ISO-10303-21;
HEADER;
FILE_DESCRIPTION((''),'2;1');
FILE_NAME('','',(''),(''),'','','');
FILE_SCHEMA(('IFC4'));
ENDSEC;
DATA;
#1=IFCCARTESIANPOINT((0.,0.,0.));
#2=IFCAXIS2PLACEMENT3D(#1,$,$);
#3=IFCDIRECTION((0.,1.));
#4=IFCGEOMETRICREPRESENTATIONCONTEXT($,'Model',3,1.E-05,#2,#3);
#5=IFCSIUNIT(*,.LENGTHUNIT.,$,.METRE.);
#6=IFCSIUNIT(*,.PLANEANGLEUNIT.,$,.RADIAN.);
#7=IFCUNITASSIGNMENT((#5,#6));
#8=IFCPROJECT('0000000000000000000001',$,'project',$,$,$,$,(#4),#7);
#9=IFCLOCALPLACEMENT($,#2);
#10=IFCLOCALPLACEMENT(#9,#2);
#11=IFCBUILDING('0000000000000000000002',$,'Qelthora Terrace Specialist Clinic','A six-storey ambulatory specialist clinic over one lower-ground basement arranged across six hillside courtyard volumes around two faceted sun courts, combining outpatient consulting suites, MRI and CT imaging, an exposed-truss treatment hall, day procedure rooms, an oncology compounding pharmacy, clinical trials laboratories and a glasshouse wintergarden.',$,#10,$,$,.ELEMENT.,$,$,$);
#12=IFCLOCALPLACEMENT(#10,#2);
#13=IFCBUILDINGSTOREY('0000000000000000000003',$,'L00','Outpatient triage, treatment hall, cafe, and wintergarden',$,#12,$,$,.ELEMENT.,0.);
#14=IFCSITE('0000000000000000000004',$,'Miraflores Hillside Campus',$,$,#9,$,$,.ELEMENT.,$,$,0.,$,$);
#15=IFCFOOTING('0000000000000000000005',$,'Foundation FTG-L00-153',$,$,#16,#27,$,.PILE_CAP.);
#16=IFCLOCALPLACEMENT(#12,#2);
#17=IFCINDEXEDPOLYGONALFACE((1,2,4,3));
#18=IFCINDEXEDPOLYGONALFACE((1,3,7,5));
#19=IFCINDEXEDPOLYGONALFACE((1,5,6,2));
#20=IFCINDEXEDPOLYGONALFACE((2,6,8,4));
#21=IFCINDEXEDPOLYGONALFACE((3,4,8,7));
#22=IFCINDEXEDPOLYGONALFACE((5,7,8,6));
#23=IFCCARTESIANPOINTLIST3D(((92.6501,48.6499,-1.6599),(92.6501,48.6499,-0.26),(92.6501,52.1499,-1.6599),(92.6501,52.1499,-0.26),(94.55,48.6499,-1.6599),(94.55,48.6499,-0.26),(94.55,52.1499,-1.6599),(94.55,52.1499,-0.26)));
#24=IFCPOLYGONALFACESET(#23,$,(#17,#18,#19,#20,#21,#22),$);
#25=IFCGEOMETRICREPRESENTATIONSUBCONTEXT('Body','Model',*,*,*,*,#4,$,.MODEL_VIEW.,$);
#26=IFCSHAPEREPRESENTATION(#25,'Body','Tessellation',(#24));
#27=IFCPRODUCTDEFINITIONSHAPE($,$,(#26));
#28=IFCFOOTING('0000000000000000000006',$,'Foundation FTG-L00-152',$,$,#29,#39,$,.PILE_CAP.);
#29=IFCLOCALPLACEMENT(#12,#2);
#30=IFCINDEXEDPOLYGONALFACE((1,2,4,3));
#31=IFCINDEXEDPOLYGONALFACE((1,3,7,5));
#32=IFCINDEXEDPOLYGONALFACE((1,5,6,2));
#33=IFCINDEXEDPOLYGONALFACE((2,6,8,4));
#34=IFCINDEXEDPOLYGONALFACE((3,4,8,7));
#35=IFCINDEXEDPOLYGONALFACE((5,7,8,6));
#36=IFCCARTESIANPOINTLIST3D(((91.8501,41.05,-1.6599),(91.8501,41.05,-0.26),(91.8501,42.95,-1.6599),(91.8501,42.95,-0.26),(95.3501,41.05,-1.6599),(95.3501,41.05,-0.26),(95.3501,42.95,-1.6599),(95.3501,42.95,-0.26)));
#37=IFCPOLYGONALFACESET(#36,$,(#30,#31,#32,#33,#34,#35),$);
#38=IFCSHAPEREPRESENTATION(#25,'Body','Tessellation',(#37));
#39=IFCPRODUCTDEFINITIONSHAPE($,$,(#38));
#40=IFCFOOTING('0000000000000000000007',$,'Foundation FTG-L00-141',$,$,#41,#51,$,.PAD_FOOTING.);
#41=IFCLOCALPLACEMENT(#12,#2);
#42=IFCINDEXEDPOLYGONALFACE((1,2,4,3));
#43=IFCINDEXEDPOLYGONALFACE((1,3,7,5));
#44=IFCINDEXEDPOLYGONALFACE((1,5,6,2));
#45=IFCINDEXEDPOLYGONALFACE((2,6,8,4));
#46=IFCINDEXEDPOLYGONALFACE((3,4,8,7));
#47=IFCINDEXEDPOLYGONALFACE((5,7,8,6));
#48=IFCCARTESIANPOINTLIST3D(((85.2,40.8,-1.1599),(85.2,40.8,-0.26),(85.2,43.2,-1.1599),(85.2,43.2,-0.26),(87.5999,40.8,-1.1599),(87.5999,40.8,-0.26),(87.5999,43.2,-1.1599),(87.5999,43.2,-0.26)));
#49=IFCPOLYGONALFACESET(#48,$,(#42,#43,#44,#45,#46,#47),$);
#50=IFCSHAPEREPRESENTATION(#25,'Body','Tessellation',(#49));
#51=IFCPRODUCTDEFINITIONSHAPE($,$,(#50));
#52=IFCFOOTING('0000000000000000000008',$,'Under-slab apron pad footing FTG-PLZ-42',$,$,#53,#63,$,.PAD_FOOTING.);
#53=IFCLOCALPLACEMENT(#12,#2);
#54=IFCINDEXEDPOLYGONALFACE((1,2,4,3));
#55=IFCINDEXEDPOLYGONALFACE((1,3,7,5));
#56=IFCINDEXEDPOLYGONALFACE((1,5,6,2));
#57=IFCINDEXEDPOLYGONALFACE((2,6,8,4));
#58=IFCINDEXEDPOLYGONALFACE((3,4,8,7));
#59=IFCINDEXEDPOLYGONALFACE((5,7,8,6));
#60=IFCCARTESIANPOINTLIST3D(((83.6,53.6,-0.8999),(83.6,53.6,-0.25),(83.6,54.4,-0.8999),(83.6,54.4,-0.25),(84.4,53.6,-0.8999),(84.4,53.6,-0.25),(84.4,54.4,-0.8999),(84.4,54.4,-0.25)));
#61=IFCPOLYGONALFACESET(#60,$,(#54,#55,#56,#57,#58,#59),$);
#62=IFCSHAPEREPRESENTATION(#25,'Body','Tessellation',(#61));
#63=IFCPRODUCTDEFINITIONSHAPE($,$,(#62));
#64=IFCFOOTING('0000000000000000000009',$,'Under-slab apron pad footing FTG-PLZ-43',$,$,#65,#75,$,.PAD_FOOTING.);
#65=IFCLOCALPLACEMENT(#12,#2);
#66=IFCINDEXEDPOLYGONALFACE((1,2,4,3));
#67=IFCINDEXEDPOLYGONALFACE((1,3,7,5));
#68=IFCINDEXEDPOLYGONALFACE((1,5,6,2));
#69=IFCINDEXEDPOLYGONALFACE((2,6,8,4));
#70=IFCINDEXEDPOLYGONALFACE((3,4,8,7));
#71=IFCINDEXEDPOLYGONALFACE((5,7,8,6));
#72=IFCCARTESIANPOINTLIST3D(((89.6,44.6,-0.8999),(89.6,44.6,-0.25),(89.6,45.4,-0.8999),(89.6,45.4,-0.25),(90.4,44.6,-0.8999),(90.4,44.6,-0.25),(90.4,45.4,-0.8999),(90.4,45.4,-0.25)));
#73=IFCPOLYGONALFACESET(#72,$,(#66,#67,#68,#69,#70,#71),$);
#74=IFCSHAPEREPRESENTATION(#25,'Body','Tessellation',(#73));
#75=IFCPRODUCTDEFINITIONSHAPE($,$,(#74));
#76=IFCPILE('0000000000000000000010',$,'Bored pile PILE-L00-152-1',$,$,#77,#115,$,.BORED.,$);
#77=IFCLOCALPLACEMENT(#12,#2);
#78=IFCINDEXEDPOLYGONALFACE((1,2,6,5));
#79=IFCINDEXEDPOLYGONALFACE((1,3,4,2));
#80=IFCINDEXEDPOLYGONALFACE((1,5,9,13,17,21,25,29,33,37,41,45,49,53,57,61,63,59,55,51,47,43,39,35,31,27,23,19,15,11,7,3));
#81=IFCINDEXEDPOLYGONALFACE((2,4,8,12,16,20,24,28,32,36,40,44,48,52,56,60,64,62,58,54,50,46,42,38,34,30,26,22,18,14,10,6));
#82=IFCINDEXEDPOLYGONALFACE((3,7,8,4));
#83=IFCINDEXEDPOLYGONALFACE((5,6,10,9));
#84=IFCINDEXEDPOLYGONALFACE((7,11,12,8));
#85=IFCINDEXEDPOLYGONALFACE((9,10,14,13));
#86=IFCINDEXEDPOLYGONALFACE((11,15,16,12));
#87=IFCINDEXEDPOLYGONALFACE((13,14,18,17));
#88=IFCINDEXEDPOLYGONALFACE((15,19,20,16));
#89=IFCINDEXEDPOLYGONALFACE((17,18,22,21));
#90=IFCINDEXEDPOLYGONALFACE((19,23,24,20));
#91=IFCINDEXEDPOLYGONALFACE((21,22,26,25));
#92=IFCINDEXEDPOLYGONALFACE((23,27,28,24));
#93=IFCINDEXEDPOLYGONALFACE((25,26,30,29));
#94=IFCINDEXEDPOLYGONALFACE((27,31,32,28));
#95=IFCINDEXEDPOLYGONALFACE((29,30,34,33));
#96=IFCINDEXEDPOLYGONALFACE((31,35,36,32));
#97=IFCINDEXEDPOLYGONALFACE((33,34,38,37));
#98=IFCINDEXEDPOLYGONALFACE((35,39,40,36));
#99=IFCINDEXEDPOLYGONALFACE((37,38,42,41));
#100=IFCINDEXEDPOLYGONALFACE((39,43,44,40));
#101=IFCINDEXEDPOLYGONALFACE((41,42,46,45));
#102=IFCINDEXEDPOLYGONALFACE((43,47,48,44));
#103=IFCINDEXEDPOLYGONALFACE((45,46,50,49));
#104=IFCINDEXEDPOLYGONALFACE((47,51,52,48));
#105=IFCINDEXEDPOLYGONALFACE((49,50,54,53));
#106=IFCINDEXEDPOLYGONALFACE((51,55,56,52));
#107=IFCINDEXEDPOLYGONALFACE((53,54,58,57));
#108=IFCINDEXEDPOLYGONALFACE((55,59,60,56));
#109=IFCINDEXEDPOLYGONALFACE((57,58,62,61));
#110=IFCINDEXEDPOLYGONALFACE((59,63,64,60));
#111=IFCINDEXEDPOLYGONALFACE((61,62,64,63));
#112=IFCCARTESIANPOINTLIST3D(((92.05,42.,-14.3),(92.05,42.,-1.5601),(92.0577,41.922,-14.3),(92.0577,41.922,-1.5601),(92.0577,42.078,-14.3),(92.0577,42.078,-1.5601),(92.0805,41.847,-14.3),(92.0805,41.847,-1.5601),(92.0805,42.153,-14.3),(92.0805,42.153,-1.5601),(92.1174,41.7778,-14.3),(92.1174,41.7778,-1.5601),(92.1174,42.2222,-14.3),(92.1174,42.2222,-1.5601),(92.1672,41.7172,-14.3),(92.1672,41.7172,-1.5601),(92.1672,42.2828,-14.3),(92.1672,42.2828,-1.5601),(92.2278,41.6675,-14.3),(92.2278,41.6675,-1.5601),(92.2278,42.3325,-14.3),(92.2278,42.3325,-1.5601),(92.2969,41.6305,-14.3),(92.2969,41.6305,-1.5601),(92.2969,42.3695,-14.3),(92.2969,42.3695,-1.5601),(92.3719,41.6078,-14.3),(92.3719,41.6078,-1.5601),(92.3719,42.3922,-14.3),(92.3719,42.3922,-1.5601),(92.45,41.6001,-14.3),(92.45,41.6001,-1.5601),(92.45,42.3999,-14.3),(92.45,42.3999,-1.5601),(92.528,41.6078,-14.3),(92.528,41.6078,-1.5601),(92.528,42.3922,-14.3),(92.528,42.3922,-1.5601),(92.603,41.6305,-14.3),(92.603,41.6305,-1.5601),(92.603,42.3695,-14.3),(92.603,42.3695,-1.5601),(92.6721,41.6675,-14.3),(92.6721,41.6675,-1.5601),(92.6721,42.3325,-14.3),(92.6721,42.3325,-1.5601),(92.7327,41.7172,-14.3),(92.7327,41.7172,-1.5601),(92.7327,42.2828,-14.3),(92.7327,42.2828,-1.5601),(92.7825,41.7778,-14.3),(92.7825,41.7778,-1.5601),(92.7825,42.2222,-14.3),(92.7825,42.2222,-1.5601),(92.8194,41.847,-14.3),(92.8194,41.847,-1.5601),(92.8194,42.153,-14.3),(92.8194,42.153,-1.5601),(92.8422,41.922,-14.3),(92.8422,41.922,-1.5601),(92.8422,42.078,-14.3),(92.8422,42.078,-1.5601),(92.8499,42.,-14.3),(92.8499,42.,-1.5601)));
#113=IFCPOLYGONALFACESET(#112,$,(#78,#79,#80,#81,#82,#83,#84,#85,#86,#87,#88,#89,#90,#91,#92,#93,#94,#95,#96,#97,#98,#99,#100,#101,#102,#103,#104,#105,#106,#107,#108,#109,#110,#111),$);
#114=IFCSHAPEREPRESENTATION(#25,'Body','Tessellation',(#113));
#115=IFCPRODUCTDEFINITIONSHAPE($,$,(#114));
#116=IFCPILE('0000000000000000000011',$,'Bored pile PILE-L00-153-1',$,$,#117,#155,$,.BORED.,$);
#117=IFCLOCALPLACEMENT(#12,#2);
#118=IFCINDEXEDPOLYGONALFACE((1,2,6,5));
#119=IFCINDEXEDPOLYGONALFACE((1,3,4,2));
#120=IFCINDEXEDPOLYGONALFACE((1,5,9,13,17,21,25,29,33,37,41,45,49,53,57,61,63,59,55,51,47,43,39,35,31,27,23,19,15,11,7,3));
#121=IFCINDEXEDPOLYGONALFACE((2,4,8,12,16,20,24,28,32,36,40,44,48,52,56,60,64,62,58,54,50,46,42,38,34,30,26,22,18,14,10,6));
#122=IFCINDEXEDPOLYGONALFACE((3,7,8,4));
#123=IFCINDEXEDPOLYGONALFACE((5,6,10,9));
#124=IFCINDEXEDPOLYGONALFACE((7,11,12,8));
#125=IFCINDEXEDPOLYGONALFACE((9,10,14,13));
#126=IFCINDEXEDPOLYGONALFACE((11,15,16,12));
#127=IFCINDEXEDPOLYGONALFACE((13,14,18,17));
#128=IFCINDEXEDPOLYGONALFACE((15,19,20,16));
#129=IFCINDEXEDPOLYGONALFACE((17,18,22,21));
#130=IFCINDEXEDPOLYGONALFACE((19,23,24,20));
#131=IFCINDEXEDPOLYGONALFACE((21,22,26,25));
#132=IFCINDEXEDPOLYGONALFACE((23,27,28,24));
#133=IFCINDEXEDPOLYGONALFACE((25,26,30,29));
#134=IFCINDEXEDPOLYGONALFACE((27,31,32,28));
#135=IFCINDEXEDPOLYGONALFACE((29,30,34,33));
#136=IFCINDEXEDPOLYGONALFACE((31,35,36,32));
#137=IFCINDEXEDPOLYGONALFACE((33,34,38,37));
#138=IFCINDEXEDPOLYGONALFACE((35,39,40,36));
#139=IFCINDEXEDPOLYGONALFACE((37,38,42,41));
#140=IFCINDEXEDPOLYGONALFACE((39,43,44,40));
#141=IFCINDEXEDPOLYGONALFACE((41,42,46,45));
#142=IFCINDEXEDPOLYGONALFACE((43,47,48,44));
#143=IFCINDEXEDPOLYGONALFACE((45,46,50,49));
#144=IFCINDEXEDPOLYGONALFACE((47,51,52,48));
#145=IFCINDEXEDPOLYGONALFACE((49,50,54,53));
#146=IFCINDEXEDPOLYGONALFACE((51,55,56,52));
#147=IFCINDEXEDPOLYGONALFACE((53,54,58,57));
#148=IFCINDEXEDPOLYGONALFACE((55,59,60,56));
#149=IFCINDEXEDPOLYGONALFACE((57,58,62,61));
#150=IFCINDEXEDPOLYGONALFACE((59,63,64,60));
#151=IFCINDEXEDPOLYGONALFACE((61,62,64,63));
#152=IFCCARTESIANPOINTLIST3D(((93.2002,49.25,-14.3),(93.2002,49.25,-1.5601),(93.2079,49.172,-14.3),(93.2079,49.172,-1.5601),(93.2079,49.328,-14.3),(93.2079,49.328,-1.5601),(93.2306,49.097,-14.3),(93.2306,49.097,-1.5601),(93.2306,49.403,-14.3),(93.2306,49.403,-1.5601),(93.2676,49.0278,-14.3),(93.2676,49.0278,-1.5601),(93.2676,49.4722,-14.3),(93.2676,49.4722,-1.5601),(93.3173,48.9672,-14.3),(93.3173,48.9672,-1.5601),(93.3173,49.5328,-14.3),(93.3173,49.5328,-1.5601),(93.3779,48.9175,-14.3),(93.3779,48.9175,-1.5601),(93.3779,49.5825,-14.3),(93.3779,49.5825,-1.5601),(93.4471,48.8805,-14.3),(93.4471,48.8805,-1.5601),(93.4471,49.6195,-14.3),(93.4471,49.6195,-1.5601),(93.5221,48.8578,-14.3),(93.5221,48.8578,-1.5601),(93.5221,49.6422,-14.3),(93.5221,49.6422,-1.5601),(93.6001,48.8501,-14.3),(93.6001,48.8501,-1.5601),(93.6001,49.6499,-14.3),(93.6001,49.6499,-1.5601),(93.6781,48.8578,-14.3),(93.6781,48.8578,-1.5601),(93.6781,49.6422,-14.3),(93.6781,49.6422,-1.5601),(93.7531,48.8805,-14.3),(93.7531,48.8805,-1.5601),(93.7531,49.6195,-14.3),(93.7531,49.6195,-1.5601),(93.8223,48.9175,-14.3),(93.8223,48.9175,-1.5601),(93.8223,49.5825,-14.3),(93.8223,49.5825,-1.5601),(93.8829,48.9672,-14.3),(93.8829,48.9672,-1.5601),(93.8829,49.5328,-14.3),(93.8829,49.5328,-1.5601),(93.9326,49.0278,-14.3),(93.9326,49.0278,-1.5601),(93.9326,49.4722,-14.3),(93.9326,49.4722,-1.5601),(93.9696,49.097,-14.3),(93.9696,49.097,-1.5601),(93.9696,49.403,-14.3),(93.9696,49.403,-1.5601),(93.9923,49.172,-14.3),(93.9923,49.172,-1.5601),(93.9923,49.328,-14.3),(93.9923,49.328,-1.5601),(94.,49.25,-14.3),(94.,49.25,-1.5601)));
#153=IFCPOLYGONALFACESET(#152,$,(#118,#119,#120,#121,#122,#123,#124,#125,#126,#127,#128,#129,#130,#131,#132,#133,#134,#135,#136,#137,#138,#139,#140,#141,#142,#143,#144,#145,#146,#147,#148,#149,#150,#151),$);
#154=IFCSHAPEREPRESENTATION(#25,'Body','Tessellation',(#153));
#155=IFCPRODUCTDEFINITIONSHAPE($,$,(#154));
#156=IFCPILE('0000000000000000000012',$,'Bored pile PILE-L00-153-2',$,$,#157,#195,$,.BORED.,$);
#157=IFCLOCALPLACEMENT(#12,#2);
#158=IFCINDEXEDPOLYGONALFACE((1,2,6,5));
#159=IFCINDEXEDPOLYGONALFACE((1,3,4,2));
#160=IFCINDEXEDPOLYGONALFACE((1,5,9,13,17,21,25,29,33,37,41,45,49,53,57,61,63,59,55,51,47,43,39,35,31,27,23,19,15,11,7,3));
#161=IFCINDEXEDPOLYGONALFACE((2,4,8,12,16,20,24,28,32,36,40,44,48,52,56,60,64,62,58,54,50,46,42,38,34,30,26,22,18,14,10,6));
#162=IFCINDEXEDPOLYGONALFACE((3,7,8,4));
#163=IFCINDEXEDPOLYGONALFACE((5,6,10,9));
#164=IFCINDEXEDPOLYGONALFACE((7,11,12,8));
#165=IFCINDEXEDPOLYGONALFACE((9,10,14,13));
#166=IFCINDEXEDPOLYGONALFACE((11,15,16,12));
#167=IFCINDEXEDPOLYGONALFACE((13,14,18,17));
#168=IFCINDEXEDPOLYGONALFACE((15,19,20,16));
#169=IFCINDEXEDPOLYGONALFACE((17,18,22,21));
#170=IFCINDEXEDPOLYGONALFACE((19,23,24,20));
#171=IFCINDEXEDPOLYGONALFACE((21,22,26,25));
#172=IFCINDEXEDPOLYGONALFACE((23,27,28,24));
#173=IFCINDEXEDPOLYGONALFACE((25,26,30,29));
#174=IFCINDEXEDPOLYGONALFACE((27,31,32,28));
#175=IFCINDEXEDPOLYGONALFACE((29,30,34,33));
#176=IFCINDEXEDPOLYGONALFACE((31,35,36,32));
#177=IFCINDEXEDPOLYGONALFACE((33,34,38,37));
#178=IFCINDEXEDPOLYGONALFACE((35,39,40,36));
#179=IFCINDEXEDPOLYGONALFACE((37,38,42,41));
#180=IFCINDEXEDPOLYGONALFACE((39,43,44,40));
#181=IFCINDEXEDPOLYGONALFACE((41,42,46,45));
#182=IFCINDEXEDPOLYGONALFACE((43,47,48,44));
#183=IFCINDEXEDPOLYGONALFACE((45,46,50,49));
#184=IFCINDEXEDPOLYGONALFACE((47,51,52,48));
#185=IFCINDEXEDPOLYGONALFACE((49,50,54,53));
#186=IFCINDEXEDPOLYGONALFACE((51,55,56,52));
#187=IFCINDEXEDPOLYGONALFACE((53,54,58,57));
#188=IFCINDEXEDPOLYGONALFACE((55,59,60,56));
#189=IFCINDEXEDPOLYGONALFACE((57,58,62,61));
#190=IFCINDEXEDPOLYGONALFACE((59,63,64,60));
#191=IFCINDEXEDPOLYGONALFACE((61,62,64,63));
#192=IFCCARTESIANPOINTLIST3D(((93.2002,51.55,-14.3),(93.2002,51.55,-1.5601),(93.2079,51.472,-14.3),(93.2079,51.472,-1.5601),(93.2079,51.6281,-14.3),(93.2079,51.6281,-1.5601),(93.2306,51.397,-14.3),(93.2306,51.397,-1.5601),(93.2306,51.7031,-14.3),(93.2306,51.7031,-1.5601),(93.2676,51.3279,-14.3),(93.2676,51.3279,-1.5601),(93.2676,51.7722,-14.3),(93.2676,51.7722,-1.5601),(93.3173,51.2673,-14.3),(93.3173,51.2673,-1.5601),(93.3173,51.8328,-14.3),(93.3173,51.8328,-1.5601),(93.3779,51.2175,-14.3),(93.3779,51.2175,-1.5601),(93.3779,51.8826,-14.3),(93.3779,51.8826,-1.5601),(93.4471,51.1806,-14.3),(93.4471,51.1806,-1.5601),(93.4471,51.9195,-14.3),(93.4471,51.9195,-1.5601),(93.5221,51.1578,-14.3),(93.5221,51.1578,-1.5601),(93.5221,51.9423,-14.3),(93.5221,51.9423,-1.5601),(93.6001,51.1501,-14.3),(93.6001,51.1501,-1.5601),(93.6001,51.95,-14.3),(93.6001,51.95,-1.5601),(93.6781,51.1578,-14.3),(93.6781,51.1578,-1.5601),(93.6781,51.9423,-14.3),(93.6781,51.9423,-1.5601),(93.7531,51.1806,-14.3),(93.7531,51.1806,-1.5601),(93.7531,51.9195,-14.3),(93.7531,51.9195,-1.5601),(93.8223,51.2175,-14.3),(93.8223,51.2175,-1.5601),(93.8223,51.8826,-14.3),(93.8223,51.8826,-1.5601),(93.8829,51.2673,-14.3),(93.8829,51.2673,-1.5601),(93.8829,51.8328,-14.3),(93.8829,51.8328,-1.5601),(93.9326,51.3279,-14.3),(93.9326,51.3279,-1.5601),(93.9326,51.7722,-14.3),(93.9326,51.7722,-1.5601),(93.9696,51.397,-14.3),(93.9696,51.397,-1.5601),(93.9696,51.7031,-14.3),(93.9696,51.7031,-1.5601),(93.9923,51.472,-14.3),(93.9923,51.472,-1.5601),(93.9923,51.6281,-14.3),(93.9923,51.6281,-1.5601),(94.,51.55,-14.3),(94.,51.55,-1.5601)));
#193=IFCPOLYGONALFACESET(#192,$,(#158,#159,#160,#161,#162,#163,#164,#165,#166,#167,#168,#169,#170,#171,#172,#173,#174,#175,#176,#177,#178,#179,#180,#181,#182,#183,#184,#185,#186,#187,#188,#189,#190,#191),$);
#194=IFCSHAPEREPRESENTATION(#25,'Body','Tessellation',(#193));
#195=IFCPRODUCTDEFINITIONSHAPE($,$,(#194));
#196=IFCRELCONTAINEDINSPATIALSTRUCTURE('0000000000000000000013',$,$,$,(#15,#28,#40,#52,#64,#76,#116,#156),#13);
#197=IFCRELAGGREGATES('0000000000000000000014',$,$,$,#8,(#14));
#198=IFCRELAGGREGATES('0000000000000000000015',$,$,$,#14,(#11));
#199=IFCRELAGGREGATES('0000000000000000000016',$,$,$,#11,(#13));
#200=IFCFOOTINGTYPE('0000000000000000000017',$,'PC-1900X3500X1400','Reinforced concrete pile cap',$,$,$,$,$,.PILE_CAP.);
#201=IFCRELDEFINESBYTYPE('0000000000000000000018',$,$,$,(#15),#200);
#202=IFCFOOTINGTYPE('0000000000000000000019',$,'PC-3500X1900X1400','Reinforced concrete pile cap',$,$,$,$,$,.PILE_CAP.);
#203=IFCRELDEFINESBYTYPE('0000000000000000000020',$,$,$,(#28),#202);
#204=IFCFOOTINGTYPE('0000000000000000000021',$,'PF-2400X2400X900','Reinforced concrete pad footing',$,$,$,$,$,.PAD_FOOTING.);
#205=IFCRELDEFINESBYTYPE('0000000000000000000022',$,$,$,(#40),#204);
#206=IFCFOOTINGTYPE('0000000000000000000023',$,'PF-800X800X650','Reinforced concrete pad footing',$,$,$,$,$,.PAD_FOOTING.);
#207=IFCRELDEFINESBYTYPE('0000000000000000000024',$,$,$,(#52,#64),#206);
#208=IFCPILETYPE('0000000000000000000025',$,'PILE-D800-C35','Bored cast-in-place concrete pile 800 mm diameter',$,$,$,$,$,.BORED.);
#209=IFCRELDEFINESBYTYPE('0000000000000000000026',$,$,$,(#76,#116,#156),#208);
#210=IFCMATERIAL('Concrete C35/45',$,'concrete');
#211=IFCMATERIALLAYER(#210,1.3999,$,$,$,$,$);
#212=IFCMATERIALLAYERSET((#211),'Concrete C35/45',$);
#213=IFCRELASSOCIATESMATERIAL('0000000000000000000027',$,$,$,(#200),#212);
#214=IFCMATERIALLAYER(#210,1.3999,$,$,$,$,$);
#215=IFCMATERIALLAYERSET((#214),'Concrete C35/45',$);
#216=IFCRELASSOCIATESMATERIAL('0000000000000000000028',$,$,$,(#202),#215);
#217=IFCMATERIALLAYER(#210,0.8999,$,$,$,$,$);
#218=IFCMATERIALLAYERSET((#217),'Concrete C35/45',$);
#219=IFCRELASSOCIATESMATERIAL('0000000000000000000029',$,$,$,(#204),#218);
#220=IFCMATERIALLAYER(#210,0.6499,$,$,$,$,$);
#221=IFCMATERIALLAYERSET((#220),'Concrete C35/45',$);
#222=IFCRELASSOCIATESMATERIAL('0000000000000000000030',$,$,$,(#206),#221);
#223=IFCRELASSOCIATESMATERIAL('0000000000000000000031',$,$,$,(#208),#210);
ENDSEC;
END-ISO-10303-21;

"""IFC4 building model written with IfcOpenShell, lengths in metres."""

from ifc_helpers import new_model, si_unit, direction, frame, origin, origin_2d, place, context, subcontext, project, spatial, rectangle, circle, extrude, material, layer, layer_set, material_profile, profile_set, type_object, element, save


model = new_model("IFC4")

# Units and contexts
model_context = context("Model", 3, precision=1e-05, world=origin(), true_north=direction((0.0, 1.0)))
body_context = subcontext(model_context, "Body", "Model", "MODEL_VIEW")
ifc_project = project(units=[si_unit("LENGTHUNIT", "METRE"), si_unit("PLANEANGLEUNIT", "RADIAN")], contexts=[model_context])

# Site, building, storey
site_placement = place(None, origin())
site = spatial("IfcSite", under=ifc_project, at=site_placement, Name="Miraflores Hillside Campus", CompositionType="ELEMENT", RefElevation=0.0)
building_placement = place(site_placement, origin())
building = spatial("IfcBuilding", under=site, at=building_placement, Name="Qelthora Terrace Specialist Clinic", Description="A six-storey ambulatory specialist clinic over one lower-ground basement arranged across six hillside courtyard volumes around two faceted sun courts, combining outpatient consulting suites, MRI and CT imaging, an exposed-truss treatment hall, day procedure rooms, an oncology compounding pharmacy, clinical trials laboratories and a glasshouse wintergarden.", CompositionType="ELEMENT")
storey_placement = place(building_placement, origin())
storey = spatial("IfcBuildingStorey", under=building, at=storey_placement, Name="L00", Description="Outpatient triage, treatment hall, cafe, and wintergarden", CompositionType="ELEMENT", Elevation=0.0)

# Footings
ifc_material_1 = material(Name="Concrete C35/45", Category="concrete")
ifc_layer_1 = layer(ifc_material_1, 1.3999)
ifc_layer_set_1 = layer_set([ifc_layer_1], Name="Concrete C35/45")
footing_type_1 = type_object("IfcFootingType", Name="PC-1900X3500X1400", Description="Reinforced concrete pile cap", PredefinedType="PILE_CAP", material=ifc_layer_set_1)
footing_1_placement = place(storey_placement, frame((93.6001, 50.3999, -1.6599), z_axis=(0.0, 0.0, 1.0), x_axis=(1.0, 0.0, 0.0)))
element("IfcFooting", 1, at=footing_1_placement, inside=storey, type_object=footing_type_1, Name="Foundation FTG-L00-153", PredefinedType="PILE_CAP", context=body_context, shape_type="SweptSolid", body=[
    extrude(rectangle(XDim=1.8999, YDim=3.5, at=origin_2d()), origin(), (0.0, 0.0, 1.0), 1.3999),
])
ifc_layer_2 = layer(ifc_material_1, 1.3999)
ifc_layer_set_2 = layer_set([ifc_layer_2], Name="Concrete C35/45")
footing_type_2 = type_object("IfcFootingType", Name="PC-3500X1900X1400", Description="Reinforced concrete pile cap", PredefinedType="PILE_CAP", material=ifc_layer_set_2)
footing_2_placement = place(storey_placement, frame((93.6001, 42.0, -1.6599), z_axis=(0.0, 0.0, 1.0), x_axis=(1.0, 0.0, 0.0)))
element("IfcFooting", 2, at=footing_2_placement, inside=storey, type_object=footing_type_2, Name="Foundation FTG-L00-152", PredefinedType="PILE_CAP", context=body_context, shape_type="SweptSolid", body=[
    extrude(rectangle(XDim=3.5, YDim=1.8999, at=origin_2d()), origin(), (0.0, 0.0, 1.0), 1.3999),
])
ifc_layer_3 = layer(ifc_material_1, 0.8999)
ifc_layer_set_3 = layer_set([ifc_layer_3], Name="Concrete C35/45")
footing_type_3 = type_object("IfcFootingType", Name="PF-2400X2400X900", Description="Reinforced concrete pad footing", PredefinedType="PAD_FOOTING", material=ifc_layer_set_3)
footing_3_placement = place(storey_placement, frame((86.3999, 42.0, -1.1599), z_axis=(0.0, 0.0, 1.0), x_axis=(1.0, 0.0, 0.0)))
element("IfcFooting", 3, at=footing_3_placement, inside=storey, type_object=footing_type_3, Name="Foundation FTG-L00-141", PredefinedType="PAD_FOOTING", context=body_context, shape_type="SweptSolid", body=[
    extrude(rectangle(XDim=2.3999, YDim=2.3999, at=origin_2d()), origin(), (0.0, 0.0, 1.0), 0.8999),
])
ifc_layer_4 = layer(ifc_material_1, 0.6499)
ifc_layer_set_4 = layer_set([ifc_layer_4], Name="Concrete C35/45")
footing_type_4 = type_object("IfcFootingType", Name="PF-800X800X650", Description="Reinforced concrete pad footing", PredefinedType="PAD_FOOTING", material=ifc_layer_set_4)
for number, where, z_axis, x_axis, name in (
    (4, (84.0, 54.0, -0.8999), (0.0, 0.0, 1.0), (1.0, 0.0, 0.0), "Under-slab apron pad footing FTG-PLZ-42"),
    (5, (90.0, 45.0, -0.8999), (0.0, 0.0, 1.0), (1.0, 0.0, 0.0), "Under-slab apron pad footing FTG-PLZ-43"),
):
    element("IfcFooting", number, at=place(storey_placement, frame(where, z_axis=z_axis, x_axis=x_axis)), inside=storey, type_object=footing_type_4, Name=name, PredefinedType="PAD_FOOTING", context=body_context, shape_type="SweptSolid", body=[
        extrude(rectangle(XDim=0.8, YDim=0.8, at=origin_2d()), origin(), (0.0, 0.0, 1.0), 0.6499),
    ])

# Piles
ifc_material_profile_1 = material_profile(ifc_material_1, circle(Radius=0.3999, at=origin_2d()), Name="PILE800")
ifc_profile_set_1 = profile_set([ifc_material_profile_1], Name="Concrete C35/45")
pile_type_1 = type_object("IfcPileType", Name="PILE-D800-C35", Description="Bored cast-in-place concrete pile 800 mm diameter", PredefinedType="BORED", material=ifc_profile_set_1)
for number, where, z_axis, x_axis, name in (
    (6, (92.45, 42.0, -1.5601), (0.0, 0.0, -1.0), (1.0, 0.0, 0.0), "Bored pile PILE-L00-152-1"),
    (7, (93.6001, 49.25, -1.5601), (0.0, 0.0, -1.0), (1.0, 0.0, 0.0), "Bored pile PILE-L00-153-1"),
    (8, (93.6001, 51.55, -1.5601), (0.0, 0.0, -1.0), (1.0, 0.0, 0.0), "Bored pile PILE-L00-153-2"),
):
    element("IfcPile", number, at=place(storey_placement, frame(where, z_axis=z_axis, x_axis=x_axis)), inside=storey, type_object=pile_type_1, Name=name, PredefinedType="BORED", context=body_context, shape_type="SweptSolid", body=[
        extrude(circle(Radius=0.3999, at=origin_2d()), origin(), (0.0, 0.0, 1.0), 12.74),
    ])

save(model, "model.ifc")
